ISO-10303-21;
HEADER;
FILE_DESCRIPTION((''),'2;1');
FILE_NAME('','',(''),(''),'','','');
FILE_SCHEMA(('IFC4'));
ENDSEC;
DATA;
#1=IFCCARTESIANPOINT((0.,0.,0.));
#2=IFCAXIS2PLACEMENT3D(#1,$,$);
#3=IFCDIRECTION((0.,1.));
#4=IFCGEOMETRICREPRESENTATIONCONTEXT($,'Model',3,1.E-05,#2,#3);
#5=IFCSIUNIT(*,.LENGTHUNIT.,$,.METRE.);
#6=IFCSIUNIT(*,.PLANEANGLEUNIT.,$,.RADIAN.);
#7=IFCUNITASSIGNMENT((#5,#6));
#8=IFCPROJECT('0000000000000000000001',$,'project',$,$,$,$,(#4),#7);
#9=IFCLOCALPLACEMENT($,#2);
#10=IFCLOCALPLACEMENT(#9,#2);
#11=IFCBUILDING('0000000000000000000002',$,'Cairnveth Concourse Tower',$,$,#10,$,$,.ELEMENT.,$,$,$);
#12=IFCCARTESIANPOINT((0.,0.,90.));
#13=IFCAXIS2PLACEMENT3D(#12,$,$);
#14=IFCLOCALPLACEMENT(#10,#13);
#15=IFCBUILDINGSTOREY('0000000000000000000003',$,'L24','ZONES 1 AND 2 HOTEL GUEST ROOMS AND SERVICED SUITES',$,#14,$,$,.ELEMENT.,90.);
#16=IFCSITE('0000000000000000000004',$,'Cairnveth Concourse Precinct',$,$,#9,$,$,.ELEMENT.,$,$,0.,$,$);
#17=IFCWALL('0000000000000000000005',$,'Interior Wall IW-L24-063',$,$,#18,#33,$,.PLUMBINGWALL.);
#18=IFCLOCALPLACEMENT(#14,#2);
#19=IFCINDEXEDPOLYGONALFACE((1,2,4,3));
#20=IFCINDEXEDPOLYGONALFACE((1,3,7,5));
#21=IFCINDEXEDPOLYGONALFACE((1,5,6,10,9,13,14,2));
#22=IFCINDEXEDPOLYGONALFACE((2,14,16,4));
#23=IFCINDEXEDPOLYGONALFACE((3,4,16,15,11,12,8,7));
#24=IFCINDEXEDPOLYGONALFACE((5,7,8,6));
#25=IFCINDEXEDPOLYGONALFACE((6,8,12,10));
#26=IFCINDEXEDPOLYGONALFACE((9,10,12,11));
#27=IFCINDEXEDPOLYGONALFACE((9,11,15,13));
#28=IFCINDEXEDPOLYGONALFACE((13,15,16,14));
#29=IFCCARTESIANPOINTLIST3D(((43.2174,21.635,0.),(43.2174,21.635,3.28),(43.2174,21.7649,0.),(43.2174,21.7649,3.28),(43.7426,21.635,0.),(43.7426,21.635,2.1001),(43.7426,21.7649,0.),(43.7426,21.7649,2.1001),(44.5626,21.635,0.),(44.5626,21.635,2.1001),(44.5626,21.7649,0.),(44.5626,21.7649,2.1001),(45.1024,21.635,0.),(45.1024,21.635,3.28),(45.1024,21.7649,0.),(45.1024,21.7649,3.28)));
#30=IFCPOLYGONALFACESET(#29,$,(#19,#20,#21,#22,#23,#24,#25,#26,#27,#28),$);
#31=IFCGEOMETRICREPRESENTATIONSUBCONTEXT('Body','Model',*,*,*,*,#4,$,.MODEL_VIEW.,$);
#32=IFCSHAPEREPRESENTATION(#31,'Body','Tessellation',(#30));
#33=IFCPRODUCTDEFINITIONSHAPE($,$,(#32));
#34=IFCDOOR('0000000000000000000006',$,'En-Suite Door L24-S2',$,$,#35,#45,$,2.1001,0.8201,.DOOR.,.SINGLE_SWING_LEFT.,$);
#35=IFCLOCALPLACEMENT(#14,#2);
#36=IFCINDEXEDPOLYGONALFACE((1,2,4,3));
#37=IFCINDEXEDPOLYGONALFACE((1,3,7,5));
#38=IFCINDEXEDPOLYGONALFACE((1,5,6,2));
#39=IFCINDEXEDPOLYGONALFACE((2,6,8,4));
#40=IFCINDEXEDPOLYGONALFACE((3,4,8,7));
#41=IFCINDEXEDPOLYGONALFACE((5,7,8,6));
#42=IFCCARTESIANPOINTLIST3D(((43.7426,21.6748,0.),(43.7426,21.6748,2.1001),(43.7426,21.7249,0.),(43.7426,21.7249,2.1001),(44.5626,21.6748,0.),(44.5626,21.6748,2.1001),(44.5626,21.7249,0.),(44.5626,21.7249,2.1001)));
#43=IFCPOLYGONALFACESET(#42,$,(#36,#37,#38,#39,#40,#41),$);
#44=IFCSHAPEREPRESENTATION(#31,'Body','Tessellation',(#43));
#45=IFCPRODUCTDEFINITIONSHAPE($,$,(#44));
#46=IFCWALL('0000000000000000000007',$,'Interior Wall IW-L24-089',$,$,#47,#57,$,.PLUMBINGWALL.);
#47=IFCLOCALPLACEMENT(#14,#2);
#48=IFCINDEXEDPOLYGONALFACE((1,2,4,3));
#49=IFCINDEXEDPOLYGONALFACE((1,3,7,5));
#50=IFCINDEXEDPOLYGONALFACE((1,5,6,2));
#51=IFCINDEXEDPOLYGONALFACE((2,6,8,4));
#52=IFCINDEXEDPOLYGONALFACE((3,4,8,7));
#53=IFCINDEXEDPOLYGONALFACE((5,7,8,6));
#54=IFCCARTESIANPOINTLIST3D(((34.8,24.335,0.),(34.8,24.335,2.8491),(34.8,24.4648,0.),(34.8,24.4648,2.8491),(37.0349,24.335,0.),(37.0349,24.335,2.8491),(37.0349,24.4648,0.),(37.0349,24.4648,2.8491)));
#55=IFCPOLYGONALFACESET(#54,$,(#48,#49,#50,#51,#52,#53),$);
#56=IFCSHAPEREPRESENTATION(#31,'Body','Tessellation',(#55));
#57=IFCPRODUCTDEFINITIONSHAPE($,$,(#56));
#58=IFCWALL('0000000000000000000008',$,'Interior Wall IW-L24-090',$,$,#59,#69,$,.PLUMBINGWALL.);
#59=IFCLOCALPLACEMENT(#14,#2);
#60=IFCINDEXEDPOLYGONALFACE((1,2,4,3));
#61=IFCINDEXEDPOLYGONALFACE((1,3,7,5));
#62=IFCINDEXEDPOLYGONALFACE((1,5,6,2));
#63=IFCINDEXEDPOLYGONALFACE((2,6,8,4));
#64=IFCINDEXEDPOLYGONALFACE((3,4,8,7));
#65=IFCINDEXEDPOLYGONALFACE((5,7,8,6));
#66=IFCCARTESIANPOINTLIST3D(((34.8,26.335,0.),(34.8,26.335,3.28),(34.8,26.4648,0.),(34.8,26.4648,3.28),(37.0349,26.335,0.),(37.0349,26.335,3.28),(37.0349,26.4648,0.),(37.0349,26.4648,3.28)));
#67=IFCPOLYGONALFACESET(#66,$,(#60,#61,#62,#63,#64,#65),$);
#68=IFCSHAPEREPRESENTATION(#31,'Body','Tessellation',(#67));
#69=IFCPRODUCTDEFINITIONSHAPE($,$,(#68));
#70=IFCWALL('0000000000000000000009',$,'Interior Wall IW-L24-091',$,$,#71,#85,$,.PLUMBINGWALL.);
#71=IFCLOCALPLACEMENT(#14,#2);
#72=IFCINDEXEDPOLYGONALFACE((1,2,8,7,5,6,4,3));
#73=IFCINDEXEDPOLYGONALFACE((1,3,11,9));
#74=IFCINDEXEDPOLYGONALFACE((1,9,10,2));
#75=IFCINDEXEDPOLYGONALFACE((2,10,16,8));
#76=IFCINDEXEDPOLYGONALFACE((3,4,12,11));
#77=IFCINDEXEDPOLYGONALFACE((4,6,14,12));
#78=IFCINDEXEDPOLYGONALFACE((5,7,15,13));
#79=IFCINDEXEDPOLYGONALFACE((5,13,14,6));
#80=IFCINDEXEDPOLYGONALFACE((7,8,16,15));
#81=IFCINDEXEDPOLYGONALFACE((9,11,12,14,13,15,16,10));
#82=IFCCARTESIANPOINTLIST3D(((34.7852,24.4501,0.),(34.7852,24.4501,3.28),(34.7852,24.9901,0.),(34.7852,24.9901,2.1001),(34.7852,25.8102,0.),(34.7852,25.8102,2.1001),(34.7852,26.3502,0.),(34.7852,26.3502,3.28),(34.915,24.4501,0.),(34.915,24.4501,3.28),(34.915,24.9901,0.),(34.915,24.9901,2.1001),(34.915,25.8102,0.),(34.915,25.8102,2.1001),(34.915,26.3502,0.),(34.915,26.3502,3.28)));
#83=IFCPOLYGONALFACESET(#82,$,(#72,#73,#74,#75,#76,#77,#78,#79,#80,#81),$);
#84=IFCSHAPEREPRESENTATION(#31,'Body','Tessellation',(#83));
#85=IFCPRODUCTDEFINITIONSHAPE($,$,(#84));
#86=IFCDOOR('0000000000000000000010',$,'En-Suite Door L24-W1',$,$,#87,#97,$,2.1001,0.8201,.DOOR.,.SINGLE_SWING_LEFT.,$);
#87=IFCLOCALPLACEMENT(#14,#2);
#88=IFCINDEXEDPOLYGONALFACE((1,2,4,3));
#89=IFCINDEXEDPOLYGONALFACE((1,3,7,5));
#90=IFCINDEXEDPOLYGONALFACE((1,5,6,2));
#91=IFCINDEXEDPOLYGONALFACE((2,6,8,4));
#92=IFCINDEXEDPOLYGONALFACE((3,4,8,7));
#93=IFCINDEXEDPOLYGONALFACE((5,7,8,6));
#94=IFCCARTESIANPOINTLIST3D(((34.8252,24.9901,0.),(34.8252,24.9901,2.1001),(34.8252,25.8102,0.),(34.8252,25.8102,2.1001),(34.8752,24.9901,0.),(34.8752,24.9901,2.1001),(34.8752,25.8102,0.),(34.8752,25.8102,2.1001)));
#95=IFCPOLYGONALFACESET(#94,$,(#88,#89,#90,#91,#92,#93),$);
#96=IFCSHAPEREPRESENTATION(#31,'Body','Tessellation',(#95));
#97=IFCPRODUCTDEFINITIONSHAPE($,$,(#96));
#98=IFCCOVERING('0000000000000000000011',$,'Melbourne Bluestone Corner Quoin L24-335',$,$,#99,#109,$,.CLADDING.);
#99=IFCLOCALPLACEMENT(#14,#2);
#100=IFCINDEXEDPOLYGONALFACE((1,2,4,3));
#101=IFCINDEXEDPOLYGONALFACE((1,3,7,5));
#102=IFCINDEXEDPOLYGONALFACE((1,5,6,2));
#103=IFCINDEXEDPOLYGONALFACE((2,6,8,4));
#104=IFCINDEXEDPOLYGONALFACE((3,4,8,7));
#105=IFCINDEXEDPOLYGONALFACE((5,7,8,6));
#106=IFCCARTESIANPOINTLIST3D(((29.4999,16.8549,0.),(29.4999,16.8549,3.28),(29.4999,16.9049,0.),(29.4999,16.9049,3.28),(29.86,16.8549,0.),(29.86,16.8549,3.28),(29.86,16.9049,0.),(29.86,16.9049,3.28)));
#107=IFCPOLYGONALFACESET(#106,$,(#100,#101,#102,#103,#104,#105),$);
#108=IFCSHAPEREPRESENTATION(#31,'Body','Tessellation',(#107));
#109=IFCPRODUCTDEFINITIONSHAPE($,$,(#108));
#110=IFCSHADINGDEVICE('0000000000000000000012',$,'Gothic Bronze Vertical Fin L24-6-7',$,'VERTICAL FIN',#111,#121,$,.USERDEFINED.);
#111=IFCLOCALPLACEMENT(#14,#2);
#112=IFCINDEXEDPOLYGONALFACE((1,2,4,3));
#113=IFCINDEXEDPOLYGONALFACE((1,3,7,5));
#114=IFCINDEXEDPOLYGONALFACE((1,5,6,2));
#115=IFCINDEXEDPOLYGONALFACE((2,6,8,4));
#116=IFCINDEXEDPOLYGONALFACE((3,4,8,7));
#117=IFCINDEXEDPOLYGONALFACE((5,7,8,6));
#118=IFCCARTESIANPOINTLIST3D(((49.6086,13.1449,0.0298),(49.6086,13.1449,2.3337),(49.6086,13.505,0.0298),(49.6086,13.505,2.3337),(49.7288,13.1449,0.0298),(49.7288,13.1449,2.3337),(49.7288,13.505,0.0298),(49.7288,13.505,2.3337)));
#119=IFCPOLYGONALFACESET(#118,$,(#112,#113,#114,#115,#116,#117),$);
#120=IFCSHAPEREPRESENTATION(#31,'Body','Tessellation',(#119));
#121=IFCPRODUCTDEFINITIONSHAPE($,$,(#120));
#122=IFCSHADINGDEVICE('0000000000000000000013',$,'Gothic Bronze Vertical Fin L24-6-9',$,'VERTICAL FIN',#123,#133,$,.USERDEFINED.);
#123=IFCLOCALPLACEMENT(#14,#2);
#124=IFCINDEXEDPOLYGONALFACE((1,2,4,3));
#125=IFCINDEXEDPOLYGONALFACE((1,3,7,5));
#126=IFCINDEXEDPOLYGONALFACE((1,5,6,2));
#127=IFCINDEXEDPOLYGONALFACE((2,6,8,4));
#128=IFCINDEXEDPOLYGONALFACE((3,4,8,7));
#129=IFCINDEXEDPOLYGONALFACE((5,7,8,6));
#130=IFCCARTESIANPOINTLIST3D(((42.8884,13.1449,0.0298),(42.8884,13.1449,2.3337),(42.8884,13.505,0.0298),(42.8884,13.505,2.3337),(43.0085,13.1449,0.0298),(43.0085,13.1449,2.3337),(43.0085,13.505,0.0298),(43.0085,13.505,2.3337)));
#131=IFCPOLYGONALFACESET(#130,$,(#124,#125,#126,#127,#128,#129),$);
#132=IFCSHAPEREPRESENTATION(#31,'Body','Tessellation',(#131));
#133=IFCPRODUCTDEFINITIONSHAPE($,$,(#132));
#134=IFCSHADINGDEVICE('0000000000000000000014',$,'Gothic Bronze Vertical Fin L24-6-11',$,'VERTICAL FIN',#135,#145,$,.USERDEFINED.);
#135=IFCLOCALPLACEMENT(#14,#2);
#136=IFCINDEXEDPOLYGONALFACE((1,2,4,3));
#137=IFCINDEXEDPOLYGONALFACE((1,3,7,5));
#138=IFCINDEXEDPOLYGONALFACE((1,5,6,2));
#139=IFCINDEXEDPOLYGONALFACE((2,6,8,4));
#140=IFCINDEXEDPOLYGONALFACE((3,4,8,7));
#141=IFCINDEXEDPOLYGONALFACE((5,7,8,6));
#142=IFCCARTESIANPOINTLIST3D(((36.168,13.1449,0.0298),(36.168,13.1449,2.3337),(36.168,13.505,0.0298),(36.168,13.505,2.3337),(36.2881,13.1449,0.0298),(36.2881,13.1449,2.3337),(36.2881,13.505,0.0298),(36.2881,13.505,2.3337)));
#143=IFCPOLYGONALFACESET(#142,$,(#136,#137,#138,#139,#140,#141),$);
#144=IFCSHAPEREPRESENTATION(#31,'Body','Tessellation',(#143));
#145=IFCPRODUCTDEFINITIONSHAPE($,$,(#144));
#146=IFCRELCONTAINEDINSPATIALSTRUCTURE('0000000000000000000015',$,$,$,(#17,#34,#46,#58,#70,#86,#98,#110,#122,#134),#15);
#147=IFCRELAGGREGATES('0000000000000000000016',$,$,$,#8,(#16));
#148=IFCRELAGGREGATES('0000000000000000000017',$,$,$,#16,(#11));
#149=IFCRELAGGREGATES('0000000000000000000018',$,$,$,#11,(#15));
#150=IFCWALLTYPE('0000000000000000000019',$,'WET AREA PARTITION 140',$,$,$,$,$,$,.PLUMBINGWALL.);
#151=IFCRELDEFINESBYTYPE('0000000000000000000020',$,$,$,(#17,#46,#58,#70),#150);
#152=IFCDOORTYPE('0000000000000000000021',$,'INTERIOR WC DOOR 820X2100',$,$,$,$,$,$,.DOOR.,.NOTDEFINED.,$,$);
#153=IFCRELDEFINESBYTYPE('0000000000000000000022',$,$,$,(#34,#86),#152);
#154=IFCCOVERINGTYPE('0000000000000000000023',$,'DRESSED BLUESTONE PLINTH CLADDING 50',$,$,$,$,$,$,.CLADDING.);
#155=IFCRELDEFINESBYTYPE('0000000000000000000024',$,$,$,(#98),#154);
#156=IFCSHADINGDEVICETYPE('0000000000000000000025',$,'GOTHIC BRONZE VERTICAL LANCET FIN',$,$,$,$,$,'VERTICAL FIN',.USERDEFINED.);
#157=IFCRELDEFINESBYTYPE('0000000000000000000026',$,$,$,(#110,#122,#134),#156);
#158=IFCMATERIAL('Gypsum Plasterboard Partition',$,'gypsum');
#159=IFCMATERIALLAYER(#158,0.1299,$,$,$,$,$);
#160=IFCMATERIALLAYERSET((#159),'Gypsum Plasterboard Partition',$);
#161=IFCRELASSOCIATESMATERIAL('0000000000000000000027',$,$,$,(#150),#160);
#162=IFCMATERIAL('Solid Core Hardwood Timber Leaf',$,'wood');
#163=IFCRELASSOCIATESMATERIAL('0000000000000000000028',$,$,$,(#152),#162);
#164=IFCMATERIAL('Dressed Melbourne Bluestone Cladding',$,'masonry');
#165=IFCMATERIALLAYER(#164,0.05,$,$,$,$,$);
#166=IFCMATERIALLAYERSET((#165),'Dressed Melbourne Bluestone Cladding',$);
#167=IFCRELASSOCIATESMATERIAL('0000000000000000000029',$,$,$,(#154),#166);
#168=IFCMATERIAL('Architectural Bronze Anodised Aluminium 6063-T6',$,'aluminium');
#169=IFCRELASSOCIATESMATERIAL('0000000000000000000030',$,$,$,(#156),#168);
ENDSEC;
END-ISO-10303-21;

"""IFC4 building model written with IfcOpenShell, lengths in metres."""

from ifc_helpers import new_model, si_unit, direction, frame, frame_2d, origin, origin_2d, place, context, subcontext, project, spatial, rectangle, extrude, material, layer, layer_set, type_object, element, fill, save


model = new_model("IFC4")

# Units and contexts
model_context = context("Model", 3, precision=1e-05, world=origin(), true_north=direction((0.0, 1.0)))
body_context = subcontext(model_context, "Body", "Model", "MODEL_VIEW")
ifc_project = project(units=[si_unit("LENGTHUNIT", "METRE"), si_unit("PLANEANGLEUNIT", "RADIAN")], contexts=[model_context])

# Site, building, storey
site_placement = place(None, origin())
site = spatial("IfcSite", under=ifc_project, at=site_placement, Name="Cairnveth Concourse Precinct", CompositionType="ELEMENT", RefElevation=0.0)
building_placement = place(site_placement, origin())
building = spatial("IfcBuilding", under=site, at=building_placement, Name="Cairnveth Concourse Tower", CompositionType="ELEMENT")
storey_placement = place(building_placement, frame((0.0, 0.0, 90.0)))
storey = spatial("IfcBuildingStorey", under=building, at=storey_placement, Name="L24", Description="ZONES 1 AND 2 HOTEL GUEST ROOMS AND SERVICED SUITES", CompositionType="ELEMENT", Elevation=90.0)

# Shared definitions
ifc_material_1 = material(Name="Gypsum Plasterboard Partition", Category="gypsum")
ifc_material_2 = material(Name="Solid Core Hardwood Timber Leaf", Category="wood")

# Shared definitions
ifc_layer_1 = layer(ifc_material_1, 0.1299)
ifc_layer_set_1 = layer_set([ifc_layer_1], Name="Gypsum Plasterboard Partition")
wall_type_1 = type_object("IfcWallType", Name="WET AREA PARTITION 140", PredefinedType="PLUMBINGWALL", material=ifc_layer_set_1)

# Wall, opening, door
wall_1_placement = place(storey_placement, frame((43.2175, 21.7, 0.0), z_axis=(0.0, 0.0, 1.0), x_axis=(1.0, 0.0, 0.0)))
wall_1 = element("IfcWall", 1, at=wall_1_placement, inside=storey, type_object=wall_type_1, Name="Interior Wall IW-L24-063", PredefinedType="PLUMBINGWALL", context=body_context, shape_type="SweptSolid", body=[
    extrude(rectangle(XDim=1.885, YDim=0.1299, at=frame_2d((0.9424, 0.0))), origin(), (0.0, 0.0, 1.0), 3.28),
])
opening_1_placement = place(wall_1_placement, frame((0.5249, 0.0, 0.0)))
opening_1 = element("IfcOpeningElement", 2, at=opening_1_placement, cuts=wall_1, PredefinedType="OPENING", context=body_context, shape_type="SweptSolid", body=[
    extrude(rectangle(XDim=0.8201, YDim=2.1001, at=frame_2d((0.4102, 1.05))), frame((0.0, 0.075, 0.0), z_axis=(0.0, -1.0, 0.0), x_axis=(1.0, 0.0, 0.0)), (0.0, 0.0, 1.0), 0.1499),
])
door_type_1 = type_object("IfcDoorType", Name="INTERIOR WC DOOR 820X2100", OperationType="NOTDEFINED", PredefinedType="DOOR", material=ifc_material_2)
door_1_placement = place(opening_1_placement, origin())
door_1 = element("IfcDoor", 3, at=door_1_placement, inside=storey, type_object=door_type_1, Name="En-Suite Door L24-S2", OperationType="SINGLE_SWING_LEFT", OverallHeight=2.1001, OverallWidth=0.8201, PredefinedType="DOOR", context=body_context, shape_type="SweptSolid", body=[
    extrude(rectangle(XDim=0.8201, YDim=2.1001, at=frame_2d((0.4102, 1.05))), frame((0.0, 0.0249, 0.0), z_axis=(0.0, -1.0, 0.0), x_axis=(1.0, 0.0, 0.0)), (0.0, 0.0, 1.0), 0.05),
])
fill(opening_1, door_1)

# Walls
wall_2_placement = place(storey_placement, frame((34.8, 24.3999, 0.0), z_axis=(0.0, 0.0, 1.0), x_axis=(1.0, 0.0, 0.0)))
element("IfcWall", 4, at=wall_2_placement, inside=storey, type_object=wall_type_1, Name="Interior Wall IW-L24-089", PredefinedType="PLUMBINGWALL", context=body_context, shape_type="SweptSolid", body=[
    extrude(rectangle(XDim=2.2349, YDim=0.1299, at=frame_2d((1.1174, 0.0))), origin(), (0.0, 0.0, 1.0), 2.8491),
])
wall_3_placement = place(storey_placement, frame((34.8, 26.3999, 0.0), z_axis=(0.0, 0.0, 1.0), x_axis=(1.0, 0.0, 0.0)))
element("IfcWall", 5, at=wall_3_placement, inside=storey, type_object=wall_type_1, Name="Interior Wall IW-L24-090", PredefinedType="PLUMBINGWALL", context=body_context, shape_type="SweptSolid", body=[
    extrude(rectangle(XDim=2.2349, YDim=0.1299, at=frame_2d((1.1174, 0.0))), origin(), (0.0, 0.0, 1.0), 3.28),
])

# Wall, opening, door
wall_4_placement = place(storey_placement, frame((34.8501, 24.45, 0.0), z_axis=(0.0, 0.0, 1.0), x_axis=(0.0, 1.0, 0.0)))
wall_4 = element("IfcWall", 6, at=wall_4_placement, inside=storey, type_object=wall_type_1, Name="Interior Wall IW-L24-091", PredefinedType="PLUMBINGWALL", context=body_context, shape_type="SweptSolid", body=[
    extrude(rectangle(XDim=1.9001, YDim=0.1299, at=frame_2d((0.9502, 0.0))), origin(), (0.0, 0.0, 1.0), 3.28),
])
opening_2_placement = place(wall_4_placement, frame((0.54, 0.0, 0.0)))
opening_2 = element("IfcOpeningElement", 7, at=opening_2_placement, cuts=wall_4, PredefinedType="OPENING", context=body_context, shape_type="SweptSolid", body=[
    extrude(rectangle(XDim=0.8201, YDim=2.1001, at=frame_2d((0.4102, 1.05))), frame((0.0, 0.075, 0.0), z_axis=(0.0, -1.0, 0.0), x_axis=(1.0, 0.0, 0.0)), (0.0, 0.0, 1.0), 0.1499),
])
door_2_placement = place(opening_2_placement, origin())
door_2 = element("IfcDoor", 8, at=door_2_placement, inside=storey, type_object=door_type_1, Name="En-Suite Door L24-W1", OperationType="SINGLE_SWING_LEFT", OverallHeight=2.1001, OverallWidth=0.8201, PredefinedType="DOOR", context=body_context, shape_type="SweptSolid", body=[
    extrude(rectangle(XDim=0.8201, YDim=2.1001, at=frame_2d((0.4102, 1.05))), frame((0.0, 0.0249, 0.0), z_axis=(0.0, -1.0, 0.0), x_axis=(1.0, 0.0, 0.0)), (0.0, 0.0, 1.0), 0.05),
])
fill(opening_2, door_2)

# Covering
ifc_material_3 = material(Name="Dressed Melbourne Bluestone Cladding", Category="masonry")
ifc_layer_2 = layer(ifc_material_3, 0.05)
ifc_layer_set_2 = layer_set([ifc_layer_2], Name="Dressed Melbourne Bluestone Cladding")
covering_type = type_object("IfcCoveringType", Name="DRESSED BLUESTONE PLINTH CLADDING 50", PredefinedType="CLADDING", material=ifc_layer_set_2)
covering_placement = place(storey_placement, frame((29.8601, 16.8799, 0.0), z_axis=(0.0, 0.0, 1.0), x_axis=(-1.0, 0.0, 0.0)))
element("IfcCovering", 9, at=covering_placement, inside=storey, type_object=covering_type, Name="Melbourne Bluestone Corner Quoin L24-335", PredefinedType="CLADDING", context=body_context, shape_type="SweptSolid", body=[
    extrude(rectangle(XDim=0.3601, YDim=0.05, at=frame_2d((0.1802, 0.0))), origin(), (0.0, 0.0, 1.0), 3.28),
])

# Shading devices
ifc_material_4 = material(Name="Architectural Bronze Anodised Aluminium 6063-T6", Category="aluminium")
shading_device_type = type_object("IfcShadingDeviceType", Name="GOTHIC BRONZE VERTICAL LANCET FIN", ElementType="VERTICAL FIN", PredefinedType="USERDEFINED", material=ifc_material_4)
for number, where, z_axis, x_axis, name in (
    (10, (49.6687, 13.325, 0.0298), (0.0, 0.0, 1.0), (1.0, 0.0, 0.0), "Gothic Bronze Vertical Fin L24-6-7"),
    (11, (42.9485, 13.325, 0.0298), (0.0, 0.0, 1.0), (1.0, 0.0, 0.0), "Gothic Bronze Vertical Fin L24-6-9"),
    (12, (36.228, 13.325, 0.0298), (0.0, 0.0, 1.0), (1.0, 0.0, 0.0), "Gothic Bronze Vertical Fin L24-6-11"),
):
    element("IfcShadingDevice", number, at=place(storey_placement, frame(where, z_axis=z_axis, x_axis=x_axis)), inside=storey, type_object=shading_device_type, Name=name, ObjectType="VERTICAL FIN", PredefinedType="USERDEFINED", context=body_context, shape_type="SweptSolid", body=[
        extrude(rectangle(XDim=0.1201, YDim=0.3601, at=origin_2d()), origin(), (0.0, 0.0, 1.0), 2.304),
    ])

save(model, "model.ifc")
